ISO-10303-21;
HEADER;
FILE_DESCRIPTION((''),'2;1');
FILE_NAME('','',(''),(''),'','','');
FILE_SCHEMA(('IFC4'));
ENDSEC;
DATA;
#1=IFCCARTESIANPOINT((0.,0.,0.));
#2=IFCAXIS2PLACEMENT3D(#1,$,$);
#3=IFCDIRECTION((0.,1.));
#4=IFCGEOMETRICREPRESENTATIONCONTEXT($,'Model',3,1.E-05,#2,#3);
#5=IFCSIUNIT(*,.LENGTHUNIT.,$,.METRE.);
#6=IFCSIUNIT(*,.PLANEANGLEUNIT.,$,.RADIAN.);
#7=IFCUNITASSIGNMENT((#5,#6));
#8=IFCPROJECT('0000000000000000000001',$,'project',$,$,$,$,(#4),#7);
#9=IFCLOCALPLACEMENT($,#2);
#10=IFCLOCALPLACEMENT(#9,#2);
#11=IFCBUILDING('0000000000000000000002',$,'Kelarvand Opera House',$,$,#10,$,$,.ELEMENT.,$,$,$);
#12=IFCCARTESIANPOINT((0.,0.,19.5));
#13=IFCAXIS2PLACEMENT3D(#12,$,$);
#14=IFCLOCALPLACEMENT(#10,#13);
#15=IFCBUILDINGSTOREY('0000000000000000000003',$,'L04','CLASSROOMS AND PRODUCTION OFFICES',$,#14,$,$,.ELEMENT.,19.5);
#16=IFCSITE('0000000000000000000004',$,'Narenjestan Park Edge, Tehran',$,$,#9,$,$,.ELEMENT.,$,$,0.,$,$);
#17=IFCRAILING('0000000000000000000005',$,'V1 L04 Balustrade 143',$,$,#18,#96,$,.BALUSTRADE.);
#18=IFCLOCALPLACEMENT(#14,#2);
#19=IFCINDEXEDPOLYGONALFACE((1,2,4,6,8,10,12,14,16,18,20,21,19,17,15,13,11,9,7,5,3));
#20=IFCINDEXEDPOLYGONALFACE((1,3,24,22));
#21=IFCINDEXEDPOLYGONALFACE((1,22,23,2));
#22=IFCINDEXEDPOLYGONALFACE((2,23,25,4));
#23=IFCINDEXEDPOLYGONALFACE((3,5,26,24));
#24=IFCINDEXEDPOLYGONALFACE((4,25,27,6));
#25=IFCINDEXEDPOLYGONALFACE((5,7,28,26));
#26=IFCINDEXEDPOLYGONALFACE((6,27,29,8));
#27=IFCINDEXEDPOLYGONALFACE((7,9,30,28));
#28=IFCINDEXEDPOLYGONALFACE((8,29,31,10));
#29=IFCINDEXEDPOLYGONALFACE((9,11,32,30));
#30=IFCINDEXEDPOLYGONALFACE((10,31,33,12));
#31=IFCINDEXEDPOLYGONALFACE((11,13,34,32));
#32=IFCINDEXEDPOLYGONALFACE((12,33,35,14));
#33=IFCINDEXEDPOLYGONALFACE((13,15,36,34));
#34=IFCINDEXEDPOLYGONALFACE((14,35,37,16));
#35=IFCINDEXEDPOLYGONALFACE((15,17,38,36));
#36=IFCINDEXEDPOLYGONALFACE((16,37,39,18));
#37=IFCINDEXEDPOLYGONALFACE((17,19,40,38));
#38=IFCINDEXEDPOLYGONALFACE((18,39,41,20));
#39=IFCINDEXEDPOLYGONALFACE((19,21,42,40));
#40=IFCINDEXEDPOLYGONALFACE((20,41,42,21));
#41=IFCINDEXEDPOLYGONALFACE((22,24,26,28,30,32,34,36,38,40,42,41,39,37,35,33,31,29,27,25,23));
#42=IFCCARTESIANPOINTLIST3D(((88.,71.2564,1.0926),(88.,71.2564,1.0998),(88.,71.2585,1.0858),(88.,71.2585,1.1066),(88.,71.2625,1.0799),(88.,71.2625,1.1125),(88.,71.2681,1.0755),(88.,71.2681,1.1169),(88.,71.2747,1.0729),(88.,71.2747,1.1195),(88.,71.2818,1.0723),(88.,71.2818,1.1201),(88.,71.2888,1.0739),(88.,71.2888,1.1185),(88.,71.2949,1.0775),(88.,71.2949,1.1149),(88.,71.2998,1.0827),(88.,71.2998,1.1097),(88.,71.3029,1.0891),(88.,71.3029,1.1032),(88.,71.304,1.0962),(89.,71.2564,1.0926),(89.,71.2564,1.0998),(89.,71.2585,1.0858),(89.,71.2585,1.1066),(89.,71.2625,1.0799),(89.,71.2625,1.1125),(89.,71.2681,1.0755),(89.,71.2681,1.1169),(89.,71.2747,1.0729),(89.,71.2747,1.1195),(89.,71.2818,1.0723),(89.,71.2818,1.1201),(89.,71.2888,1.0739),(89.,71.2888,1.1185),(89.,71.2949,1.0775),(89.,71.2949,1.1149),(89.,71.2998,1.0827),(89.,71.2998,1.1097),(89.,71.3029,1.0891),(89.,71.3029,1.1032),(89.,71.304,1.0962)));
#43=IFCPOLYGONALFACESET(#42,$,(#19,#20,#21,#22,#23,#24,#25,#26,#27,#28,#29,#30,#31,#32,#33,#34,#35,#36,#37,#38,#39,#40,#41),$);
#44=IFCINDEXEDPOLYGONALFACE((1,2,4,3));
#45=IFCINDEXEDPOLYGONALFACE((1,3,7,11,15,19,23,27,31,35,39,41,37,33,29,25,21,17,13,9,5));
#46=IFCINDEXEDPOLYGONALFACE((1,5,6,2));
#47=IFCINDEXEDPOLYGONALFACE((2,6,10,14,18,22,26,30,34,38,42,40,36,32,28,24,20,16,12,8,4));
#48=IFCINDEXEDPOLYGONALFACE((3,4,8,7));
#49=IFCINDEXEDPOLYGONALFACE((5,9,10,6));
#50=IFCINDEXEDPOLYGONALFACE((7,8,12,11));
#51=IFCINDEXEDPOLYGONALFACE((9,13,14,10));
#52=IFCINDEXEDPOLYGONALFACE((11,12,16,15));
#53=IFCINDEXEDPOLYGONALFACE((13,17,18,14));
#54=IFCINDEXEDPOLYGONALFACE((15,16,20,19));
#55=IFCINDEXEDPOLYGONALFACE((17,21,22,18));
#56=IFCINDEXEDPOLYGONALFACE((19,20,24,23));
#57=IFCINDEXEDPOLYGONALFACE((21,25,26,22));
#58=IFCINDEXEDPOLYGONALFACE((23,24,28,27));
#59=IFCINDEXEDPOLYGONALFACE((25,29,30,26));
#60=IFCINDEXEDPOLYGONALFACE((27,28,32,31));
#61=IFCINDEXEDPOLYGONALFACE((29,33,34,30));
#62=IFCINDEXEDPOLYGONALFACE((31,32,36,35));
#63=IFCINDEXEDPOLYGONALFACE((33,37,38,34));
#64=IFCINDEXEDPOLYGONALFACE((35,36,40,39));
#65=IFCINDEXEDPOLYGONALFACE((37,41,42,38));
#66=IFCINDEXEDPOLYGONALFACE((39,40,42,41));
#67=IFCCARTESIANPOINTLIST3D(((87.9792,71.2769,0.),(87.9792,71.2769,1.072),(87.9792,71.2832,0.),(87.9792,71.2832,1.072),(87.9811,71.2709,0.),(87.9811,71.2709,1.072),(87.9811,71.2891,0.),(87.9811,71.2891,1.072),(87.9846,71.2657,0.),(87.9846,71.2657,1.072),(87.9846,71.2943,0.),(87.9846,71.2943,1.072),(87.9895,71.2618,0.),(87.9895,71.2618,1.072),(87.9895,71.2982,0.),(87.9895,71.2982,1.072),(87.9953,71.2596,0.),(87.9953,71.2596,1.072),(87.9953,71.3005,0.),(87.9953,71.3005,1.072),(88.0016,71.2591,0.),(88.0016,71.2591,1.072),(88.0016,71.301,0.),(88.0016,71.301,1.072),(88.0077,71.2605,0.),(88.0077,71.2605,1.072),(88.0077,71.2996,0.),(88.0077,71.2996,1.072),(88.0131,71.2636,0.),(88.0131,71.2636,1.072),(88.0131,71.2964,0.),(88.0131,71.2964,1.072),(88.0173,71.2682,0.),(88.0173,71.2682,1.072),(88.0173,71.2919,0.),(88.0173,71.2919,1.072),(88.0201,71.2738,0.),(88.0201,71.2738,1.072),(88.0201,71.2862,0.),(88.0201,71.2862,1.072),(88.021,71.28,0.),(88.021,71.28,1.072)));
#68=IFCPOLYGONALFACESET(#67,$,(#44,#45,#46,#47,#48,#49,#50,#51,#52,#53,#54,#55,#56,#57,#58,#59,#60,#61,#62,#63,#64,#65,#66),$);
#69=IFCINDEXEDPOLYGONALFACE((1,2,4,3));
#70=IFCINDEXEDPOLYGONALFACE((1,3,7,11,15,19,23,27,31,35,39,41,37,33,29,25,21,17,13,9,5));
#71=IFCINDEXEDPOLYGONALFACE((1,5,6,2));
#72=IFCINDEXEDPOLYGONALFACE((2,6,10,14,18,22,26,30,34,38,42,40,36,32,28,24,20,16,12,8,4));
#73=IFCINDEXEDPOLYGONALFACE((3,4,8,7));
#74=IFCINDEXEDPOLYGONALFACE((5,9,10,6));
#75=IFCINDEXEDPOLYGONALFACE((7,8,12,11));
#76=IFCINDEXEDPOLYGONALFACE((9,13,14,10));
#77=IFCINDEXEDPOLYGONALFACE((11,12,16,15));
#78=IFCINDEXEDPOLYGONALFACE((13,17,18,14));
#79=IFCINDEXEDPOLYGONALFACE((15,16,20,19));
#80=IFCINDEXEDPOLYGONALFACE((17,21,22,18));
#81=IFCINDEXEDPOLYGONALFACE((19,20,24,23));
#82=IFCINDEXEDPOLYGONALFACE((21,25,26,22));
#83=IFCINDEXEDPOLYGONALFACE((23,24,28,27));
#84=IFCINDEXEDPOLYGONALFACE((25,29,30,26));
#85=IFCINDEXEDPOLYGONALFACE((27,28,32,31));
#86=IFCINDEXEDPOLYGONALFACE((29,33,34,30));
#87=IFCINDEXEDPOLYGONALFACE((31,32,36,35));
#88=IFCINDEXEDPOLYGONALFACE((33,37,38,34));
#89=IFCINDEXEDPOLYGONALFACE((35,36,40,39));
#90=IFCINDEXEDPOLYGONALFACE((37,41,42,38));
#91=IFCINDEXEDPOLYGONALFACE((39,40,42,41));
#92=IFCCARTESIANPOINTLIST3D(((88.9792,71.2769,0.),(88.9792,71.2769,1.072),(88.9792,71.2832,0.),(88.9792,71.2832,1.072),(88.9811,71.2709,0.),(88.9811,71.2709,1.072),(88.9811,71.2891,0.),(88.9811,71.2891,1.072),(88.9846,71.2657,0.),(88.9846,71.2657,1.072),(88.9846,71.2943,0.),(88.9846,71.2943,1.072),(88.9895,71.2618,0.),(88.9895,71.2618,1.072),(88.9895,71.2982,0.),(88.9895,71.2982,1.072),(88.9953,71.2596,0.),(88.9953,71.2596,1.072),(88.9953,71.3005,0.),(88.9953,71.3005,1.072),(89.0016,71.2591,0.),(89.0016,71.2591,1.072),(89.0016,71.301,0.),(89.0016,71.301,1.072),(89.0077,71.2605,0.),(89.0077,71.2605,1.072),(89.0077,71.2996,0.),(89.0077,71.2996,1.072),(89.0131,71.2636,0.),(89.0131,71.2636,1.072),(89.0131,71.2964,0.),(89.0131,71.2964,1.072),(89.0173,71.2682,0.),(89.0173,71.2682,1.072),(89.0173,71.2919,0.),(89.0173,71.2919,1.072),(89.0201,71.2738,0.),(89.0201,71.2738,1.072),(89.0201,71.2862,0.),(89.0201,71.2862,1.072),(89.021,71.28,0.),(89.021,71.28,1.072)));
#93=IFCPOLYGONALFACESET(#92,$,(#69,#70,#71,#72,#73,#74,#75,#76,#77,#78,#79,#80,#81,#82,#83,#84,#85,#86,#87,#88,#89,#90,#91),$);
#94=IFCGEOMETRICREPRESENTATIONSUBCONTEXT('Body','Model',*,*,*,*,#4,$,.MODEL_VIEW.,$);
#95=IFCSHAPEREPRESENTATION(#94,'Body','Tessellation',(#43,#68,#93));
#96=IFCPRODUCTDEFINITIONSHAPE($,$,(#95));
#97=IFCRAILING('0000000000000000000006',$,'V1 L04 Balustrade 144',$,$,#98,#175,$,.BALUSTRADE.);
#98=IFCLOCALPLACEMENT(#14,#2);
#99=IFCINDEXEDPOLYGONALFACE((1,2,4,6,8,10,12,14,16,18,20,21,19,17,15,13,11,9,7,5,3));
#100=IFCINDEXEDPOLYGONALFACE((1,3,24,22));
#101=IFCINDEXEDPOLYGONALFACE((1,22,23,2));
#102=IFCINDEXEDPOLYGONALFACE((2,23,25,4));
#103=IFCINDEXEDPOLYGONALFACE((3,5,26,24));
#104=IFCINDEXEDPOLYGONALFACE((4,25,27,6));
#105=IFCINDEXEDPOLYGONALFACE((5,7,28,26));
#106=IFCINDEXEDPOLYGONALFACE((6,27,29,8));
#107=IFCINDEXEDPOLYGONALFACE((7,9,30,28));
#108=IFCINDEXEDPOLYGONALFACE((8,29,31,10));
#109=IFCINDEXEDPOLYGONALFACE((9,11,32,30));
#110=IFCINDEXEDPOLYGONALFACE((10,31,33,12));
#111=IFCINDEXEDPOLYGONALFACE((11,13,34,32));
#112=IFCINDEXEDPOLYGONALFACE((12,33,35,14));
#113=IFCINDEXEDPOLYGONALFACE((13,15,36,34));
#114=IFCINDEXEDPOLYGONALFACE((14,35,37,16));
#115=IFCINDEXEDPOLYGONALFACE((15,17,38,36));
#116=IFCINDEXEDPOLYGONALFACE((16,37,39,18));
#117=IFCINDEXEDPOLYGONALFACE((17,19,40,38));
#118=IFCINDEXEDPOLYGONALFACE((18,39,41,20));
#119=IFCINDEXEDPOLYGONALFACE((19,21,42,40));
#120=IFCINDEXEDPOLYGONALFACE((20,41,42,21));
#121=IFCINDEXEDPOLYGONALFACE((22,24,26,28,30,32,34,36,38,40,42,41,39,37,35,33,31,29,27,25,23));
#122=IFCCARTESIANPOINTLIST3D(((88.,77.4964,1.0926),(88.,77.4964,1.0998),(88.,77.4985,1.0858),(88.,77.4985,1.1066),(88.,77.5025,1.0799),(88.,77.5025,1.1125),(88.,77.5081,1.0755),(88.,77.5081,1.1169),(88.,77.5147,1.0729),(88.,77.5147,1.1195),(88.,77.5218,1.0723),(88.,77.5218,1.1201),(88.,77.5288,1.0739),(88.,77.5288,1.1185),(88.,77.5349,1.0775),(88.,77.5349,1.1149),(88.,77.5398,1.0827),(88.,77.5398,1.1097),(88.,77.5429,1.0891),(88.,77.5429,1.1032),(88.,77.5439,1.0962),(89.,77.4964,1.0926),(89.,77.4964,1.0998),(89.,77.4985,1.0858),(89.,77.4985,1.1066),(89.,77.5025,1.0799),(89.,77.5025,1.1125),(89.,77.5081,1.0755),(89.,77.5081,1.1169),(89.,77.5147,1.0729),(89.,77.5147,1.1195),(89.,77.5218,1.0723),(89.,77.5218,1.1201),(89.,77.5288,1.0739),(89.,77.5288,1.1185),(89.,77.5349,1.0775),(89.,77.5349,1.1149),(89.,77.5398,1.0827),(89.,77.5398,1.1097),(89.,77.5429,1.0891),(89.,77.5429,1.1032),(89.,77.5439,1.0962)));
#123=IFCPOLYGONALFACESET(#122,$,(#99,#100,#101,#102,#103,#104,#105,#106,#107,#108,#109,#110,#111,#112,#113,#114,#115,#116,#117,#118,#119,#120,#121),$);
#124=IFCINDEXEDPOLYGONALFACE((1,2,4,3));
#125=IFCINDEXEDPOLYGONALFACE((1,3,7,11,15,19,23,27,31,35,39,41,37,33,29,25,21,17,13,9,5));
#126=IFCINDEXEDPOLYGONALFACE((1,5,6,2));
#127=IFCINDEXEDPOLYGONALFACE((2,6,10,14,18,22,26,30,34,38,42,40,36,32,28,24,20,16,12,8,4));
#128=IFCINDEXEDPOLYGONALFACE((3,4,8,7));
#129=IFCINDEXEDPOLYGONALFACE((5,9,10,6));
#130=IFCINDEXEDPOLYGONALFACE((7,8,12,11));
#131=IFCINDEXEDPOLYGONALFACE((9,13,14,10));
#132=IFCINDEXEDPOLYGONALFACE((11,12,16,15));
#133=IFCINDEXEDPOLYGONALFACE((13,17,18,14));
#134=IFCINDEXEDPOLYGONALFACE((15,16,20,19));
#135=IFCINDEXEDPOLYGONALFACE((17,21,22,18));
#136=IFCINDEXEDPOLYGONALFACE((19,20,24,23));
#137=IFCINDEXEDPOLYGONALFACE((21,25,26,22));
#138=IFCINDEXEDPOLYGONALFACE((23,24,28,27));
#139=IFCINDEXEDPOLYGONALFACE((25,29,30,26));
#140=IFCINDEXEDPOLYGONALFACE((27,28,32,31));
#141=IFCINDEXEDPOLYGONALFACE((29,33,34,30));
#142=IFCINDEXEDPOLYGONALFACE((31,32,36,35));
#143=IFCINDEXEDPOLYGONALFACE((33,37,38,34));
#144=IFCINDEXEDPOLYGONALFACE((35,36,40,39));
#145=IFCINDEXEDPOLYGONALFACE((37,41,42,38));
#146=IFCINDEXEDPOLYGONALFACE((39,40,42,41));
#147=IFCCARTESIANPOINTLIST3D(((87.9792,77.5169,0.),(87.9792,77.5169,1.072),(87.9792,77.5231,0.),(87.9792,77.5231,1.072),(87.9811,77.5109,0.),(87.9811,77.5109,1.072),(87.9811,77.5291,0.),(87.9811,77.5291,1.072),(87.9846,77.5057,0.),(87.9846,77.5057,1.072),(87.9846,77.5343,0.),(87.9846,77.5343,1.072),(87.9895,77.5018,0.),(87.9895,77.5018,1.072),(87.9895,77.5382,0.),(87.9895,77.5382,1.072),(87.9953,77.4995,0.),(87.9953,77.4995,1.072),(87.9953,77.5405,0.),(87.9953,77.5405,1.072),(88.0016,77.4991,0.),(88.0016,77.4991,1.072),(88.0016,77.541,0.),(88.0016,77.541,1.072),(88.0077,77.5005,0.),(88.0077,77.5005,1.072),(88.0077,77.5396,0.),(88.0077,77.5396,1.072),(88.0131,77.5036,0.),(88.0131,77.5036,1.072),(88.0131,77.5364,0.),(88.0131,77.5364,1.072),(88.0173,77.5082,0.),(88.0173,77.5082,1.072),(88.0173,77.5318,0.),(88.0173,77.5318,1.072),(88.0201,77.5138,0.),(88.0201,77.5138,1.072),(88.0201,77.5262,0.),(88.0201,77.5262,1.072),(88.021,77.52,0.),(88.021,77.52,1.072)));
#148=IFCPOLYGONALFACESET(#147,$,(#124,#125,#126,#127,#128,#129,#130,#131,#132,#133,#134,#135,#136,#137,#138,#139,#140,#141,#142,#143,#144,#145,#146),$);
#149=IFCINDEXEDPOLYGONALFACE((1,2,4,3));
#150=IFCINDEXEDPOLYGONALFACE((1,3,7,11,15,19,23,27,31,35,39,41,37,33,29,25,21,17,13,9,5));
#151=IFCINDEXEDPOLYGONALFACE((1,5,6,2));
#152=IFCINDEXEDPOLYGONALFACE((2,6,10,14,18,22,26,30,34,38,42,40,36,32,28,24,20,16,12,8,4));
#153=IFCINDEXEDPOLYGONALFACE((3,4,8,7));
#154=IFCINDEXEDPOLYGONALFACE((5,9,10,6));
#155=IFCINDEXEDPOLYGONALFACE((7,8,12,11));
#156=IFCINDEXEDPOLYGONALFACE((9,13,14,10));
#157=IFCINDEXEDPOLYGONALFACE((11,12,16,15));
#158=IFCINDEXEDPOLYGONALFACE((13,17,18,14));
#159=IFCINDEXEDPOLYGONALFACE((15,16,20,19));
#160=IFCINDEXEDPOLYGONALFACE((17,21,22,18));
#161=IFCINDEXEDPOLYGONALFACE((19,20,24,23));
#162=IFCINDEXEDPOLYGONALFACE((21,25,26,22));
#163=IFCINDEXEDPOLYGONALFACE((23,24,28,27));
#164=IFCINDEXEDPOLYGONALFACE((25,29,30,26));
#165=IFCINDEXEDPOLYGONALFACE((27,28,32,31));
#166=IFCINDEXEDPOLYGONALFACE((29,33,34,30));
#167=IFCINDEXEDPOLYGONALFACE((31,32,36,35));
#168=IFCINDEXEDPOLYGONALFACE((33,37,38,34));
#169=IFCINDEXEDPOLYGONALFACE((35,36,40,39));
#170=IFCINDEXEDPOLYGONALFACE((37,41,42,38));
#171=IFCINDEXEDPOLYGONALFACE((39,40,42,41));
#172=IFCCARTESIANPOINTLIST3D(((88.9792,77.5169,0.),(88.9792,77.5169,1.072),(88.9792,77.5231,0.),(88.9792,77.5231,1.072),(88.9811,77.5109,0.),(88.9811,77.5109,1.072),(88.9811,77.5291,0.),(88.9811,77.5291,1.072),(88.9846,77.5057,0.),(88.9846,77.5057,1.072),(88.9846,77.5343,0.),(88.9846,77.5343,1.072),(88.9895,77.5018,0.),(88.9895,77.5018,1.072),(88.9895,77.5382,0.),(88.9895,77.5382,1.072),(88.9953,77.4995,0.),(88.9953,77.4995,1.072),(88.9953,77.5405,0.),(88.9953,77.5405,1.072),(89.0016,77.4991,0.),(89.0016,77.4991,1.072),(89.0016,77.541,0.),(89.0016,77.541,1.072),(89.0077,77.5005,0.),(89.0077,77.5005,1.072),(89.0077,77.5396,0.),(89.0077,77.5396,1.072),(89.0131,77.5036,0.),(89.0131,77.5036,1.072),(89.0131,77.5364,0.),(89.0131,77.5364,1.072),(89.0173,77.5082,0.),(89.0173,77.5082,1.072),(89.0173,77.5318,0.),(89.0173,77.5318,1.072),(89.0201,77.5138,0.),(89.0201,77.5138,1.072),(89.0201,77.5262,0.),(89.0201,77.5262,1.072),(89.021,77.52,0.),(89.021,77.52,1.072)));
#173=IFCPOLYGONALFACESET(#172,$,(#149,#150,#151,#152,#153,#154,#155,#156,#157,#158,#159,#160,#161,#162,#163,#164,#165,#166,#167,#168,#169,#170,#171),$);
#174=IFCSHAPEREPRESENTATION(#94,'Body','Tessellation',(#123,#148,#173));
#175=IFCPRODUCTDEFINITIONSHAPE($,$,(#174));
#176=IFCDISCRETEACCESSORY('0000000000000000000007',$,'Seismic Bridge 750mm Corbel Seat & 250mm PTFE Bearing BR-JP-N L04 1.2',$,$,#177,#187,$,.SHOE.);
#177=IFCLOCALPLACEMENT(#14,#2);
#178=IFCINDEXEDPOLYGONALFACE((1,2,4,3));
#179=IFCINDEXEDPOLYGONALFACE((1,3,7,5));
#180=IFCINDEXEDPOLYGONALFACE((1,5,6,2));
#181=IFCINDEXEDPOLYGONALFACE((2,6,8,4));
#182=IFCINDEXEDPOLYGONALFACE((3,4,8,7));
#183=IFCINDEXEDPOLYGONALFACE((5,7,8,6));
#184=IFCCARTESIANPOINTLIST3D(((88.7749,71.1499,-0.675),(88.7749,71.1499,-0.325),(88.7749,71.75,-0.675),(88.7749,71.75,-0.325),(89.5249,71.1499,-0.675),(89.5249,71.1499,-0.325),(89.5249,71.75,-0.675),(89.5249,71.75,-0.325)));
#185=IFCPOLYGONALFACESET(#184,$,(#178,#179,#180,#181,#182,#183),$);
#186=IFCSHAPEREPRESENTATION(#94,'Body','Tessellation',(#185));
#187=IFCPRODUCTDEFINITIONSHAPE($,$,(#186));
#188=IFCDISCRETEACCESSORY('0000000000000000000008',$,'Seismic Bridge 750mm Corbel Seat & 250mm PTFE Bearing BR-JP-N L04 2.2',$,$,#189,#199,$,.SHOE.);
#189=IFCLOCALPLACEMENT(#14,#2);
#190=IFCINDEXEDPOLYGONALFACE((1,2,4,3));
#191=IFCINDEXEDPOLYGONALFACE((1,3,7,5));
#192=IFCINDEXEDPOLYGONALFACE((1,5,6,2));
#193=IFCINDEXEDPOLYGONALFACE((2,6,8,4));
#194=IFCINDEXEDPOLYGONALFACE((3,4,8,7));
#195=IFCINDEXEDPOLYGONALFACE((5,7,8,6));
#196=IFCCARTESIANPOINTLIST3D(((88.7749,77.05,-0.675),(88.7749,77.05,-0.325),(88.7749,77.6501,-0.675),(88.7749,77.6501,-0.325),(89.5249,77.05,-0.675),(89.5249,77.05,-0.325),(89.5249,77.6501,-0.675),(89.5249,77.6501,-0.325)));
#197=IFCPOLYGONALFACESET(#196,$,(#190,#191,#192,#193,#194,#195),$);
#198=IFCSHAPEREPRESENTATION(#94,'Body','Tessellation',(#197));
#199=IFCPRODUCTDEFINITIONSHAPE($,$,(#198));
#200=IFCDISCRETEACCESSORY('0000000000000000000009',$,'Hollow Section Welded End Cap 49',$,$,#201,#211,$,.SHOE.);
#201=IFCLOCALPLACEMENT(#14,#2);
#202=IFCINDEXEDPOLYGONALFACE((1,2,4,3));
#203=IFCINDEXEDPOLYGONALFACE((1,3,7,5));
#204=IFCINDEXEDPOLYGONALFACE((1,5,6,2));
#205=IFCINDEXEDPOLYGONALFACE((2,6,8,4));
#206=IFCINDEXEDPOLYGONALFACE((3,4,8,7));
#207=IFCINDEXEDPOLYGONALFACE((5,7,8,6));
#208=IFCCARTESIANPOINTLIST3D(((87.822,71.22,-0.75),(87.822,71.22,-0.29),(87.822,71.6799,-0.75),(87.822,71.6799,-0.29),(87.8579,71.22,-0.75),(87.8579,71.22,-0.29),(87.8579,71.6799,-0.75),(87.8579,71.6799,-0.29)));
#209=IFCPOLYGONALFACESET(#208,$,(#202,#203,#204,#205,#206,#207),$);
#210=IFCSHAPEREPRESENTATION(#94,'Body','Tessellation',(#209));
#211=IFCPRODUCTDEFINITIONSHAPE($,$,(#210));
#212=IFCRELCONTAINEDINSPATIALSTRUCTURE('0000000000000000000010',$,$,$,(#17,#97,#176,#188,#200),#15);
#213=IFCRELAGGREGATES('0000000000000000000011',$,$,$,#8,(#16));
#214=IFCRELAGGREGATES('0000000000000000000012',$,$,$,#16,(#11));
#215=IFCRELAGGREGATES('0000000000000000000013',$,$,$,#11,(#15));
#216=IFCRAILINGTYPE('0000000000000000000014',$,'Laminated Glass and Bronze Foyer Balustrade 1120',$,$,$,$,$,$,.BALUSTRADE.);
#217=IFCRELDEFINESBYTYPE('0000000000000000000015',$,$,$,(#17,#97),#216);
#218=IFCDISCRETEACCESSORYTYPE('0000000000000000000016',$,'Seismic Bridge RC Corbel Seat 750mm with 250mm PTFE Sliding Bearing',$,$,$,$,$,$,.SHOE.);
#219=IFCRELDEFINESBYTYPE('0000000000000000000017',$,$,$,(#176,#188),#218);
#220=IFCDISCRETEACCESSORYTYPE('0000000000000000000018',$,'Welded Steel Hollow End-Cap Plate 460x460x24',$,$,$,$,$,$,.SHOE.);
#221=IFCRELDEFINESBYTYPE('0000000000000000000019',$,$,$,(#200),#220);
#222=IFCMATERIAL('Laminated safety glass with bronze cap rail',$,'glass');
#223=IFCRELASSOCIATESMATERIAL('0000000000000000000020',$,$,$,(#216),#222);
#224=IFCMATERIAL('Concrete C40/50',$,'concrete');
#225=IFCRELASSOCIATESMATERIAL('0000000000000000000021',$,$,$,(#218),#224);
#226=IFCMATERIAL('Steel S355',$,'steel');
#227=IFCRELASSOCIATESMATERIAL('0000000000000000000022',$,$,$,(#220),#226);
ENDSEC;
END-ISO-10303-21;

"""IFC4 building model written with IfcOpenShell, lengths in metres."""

from ifc_helpers import new_model, si_unit, direction, frame, origin, origin_2d, place, context, subcontext, project, spatial, rectangle, circle, extrude, material, material_profile, profile_set, type_object, element, save


model = new_model("IFC4")

# Units and contexts
model_context = context("Model", 3, precision=1e-05, world=origin(), true_north=direction((0.0, 1.0)))
body_context = subcontext(model_context, "Body", "Model", "MODEL_VIEW")
ifc_project = project(units=[si_unit("LENGTHUNIT", "METRE"), si_unit("PLANEANGLEUNIT", "RADIAN")], contexts=[model_context])

# Site, building, storey
site_placement = place(None, origin())
site = spatial("IfcSite", under=ifc_project, at=site_placement, Name="Narenjestan Park Edge, Tehran", CompositionType="ELEMENT", RefElevation=0.0)
building_placement = place(site_placement, origin())
building = spatial("IfcBuilding", under=site, at=building_placement, Name="Kelarvand Opera House", CompositionType="ELEMENT")
storey_placement = place(building_placement, frame((0.0, 0.0, 19.5)))
storey = spatial("IfcBuildingStorey", under=building, at=storey_placement, Name="L04", Description="CLASSROOMS AND PRODUCTION OFFICES", CompositionType="ELEMENT", Elevation=19.5)

# Shared definitions
ifc_material_1 = material(Name="Concrete C40/50", Category="concrete")

# Railings
ifc_material_2 = material(Name="Laminated safety glass with bronze cap rail", Category="glass")
railing_type = type_object("IfcRailingType", Name="Laminated Glass and Bronze Foyer Balustrade 1120", PredefinedType="BALUSTRADE", material=ifc_material_2)
for number, where, name in (
    (1, (88.0, 71.28, 0.0), "V1 L04 Balustrade 143"),
    (2, (88.0, 77.52, 0.0), "V1 L04 Balustrade 144"),
):
    element("IfcRailing", number, at=place(storey_placement, frame(where)), inside=storey, type_object=railing_type, Name=name, PredefinedType="BALUSTRADE", context=body_context, shape_type="SweptSolid", body=[
        extrude(circle(Radius=0.0239, at=origin_2d()), frame((0.0, 0.0, 1.0962), z_axis=(1.0, 0.0, 0.0), x_axis=(0.0, 1.0, 0.0)), (0.0, 0.0, 1.0), 1.0),
        extrude(circle(Radius=0.021, at=origin_2d()), origin(), (0.0, 0.0, 1.0), 1.072),
        extrude(circle(Radius=0.021, at=origin_2d()), frame((1.0, 0.0, 0.0)), (0.0, 0.0, 1.0), 1.072),
    ])

# Discrete accessories
discrete_accessory_type_1 = type_object("IfcDiscreteAccessoryType", Name="Seismic Bridge RC Corbel Seat 750mm with 250mm PTFE Sliding Bearing", PredefinedType="SHOE", material=ifc_material_1)
for number, where, z_axis, x_axis, name in (
    (3, (89.1499, 71.45, -0.675), (0.0, 0.0, 1.0), (1.0, 0.0, 0.0), "Seismic Bridge 750mm Corbel Seat & 250mm PTFE Bearing BR-JP-N L04 1.2"),
    (4, (89.1499, 77.3501, -0.675), (0.0, 0.0, 1.0), (1.0, 0.0, 0.0), "Seismic Bridge 750mm Corbel Seat & 250mm PTFE Bearing BR-JP-N L04 2.2"),
):
    element("IfcDiscreteAccessory", number, at=place(storey_placement, frame(where, z_axis=z_axis, x_axis=x_axis)), inside=storey, type_object=discrete_accessory_type_1, Name=name, PredefinedType="SHOE", context=body_context, shape_type="SweptSolid", body=[
        extrude(rectangle(XDim=0.75, YDim=0.6001, at=origin_2d()), origin(), (0.0, 0.0, 1.0), 0.3501),
    ])
ifc_material_3 = material(Name="Steel S355", Category="steel")
ifc_material_profile_1 = material_profile(ifc_material_3, rectangle(XDim=0.46, YDim=0.46, at=origin_2d()), Name="Welded Steel Hollow End-Cap Plate 460x460x24", Category="steel")
ifc_profile_set_1 = profile_set([ifc_material_profile_1], Name="Steel S355")
discrete_accessory_type_2 = type_object("IfcDiscreteAccessoryType", Name="Welded Steel Hollow End-Cap Plate 460x460x24", PredefinedType="SHOE", material=ifc_profile_set_1)
for number, where, z_axis, x_axis, name in (
    (5, (87.8579, 71.45, -0.52), (-1.0, 0.0, 0.0), (0.0, -1.0, 0.0), "Hollow Section Welded End Cap 49"),
):
    element("IfcDiscreteAccessory", number, at=place(storey_placement, frame(where, z_axis=z_axis, x_axis=x_axis)), inside=storey, type_object=discrete_accessory_type_2, Name=name, PredefinedType="SHOE", context=body_context, shape_type="SweptSolid", body=[
        extrude(rectangle(XDim=0.46, YDim=0.46, at=origin_2d()), origin(), (0.0, 0.0, 1.0), 0.0359),
    ])

save(model, "model.ifc")
